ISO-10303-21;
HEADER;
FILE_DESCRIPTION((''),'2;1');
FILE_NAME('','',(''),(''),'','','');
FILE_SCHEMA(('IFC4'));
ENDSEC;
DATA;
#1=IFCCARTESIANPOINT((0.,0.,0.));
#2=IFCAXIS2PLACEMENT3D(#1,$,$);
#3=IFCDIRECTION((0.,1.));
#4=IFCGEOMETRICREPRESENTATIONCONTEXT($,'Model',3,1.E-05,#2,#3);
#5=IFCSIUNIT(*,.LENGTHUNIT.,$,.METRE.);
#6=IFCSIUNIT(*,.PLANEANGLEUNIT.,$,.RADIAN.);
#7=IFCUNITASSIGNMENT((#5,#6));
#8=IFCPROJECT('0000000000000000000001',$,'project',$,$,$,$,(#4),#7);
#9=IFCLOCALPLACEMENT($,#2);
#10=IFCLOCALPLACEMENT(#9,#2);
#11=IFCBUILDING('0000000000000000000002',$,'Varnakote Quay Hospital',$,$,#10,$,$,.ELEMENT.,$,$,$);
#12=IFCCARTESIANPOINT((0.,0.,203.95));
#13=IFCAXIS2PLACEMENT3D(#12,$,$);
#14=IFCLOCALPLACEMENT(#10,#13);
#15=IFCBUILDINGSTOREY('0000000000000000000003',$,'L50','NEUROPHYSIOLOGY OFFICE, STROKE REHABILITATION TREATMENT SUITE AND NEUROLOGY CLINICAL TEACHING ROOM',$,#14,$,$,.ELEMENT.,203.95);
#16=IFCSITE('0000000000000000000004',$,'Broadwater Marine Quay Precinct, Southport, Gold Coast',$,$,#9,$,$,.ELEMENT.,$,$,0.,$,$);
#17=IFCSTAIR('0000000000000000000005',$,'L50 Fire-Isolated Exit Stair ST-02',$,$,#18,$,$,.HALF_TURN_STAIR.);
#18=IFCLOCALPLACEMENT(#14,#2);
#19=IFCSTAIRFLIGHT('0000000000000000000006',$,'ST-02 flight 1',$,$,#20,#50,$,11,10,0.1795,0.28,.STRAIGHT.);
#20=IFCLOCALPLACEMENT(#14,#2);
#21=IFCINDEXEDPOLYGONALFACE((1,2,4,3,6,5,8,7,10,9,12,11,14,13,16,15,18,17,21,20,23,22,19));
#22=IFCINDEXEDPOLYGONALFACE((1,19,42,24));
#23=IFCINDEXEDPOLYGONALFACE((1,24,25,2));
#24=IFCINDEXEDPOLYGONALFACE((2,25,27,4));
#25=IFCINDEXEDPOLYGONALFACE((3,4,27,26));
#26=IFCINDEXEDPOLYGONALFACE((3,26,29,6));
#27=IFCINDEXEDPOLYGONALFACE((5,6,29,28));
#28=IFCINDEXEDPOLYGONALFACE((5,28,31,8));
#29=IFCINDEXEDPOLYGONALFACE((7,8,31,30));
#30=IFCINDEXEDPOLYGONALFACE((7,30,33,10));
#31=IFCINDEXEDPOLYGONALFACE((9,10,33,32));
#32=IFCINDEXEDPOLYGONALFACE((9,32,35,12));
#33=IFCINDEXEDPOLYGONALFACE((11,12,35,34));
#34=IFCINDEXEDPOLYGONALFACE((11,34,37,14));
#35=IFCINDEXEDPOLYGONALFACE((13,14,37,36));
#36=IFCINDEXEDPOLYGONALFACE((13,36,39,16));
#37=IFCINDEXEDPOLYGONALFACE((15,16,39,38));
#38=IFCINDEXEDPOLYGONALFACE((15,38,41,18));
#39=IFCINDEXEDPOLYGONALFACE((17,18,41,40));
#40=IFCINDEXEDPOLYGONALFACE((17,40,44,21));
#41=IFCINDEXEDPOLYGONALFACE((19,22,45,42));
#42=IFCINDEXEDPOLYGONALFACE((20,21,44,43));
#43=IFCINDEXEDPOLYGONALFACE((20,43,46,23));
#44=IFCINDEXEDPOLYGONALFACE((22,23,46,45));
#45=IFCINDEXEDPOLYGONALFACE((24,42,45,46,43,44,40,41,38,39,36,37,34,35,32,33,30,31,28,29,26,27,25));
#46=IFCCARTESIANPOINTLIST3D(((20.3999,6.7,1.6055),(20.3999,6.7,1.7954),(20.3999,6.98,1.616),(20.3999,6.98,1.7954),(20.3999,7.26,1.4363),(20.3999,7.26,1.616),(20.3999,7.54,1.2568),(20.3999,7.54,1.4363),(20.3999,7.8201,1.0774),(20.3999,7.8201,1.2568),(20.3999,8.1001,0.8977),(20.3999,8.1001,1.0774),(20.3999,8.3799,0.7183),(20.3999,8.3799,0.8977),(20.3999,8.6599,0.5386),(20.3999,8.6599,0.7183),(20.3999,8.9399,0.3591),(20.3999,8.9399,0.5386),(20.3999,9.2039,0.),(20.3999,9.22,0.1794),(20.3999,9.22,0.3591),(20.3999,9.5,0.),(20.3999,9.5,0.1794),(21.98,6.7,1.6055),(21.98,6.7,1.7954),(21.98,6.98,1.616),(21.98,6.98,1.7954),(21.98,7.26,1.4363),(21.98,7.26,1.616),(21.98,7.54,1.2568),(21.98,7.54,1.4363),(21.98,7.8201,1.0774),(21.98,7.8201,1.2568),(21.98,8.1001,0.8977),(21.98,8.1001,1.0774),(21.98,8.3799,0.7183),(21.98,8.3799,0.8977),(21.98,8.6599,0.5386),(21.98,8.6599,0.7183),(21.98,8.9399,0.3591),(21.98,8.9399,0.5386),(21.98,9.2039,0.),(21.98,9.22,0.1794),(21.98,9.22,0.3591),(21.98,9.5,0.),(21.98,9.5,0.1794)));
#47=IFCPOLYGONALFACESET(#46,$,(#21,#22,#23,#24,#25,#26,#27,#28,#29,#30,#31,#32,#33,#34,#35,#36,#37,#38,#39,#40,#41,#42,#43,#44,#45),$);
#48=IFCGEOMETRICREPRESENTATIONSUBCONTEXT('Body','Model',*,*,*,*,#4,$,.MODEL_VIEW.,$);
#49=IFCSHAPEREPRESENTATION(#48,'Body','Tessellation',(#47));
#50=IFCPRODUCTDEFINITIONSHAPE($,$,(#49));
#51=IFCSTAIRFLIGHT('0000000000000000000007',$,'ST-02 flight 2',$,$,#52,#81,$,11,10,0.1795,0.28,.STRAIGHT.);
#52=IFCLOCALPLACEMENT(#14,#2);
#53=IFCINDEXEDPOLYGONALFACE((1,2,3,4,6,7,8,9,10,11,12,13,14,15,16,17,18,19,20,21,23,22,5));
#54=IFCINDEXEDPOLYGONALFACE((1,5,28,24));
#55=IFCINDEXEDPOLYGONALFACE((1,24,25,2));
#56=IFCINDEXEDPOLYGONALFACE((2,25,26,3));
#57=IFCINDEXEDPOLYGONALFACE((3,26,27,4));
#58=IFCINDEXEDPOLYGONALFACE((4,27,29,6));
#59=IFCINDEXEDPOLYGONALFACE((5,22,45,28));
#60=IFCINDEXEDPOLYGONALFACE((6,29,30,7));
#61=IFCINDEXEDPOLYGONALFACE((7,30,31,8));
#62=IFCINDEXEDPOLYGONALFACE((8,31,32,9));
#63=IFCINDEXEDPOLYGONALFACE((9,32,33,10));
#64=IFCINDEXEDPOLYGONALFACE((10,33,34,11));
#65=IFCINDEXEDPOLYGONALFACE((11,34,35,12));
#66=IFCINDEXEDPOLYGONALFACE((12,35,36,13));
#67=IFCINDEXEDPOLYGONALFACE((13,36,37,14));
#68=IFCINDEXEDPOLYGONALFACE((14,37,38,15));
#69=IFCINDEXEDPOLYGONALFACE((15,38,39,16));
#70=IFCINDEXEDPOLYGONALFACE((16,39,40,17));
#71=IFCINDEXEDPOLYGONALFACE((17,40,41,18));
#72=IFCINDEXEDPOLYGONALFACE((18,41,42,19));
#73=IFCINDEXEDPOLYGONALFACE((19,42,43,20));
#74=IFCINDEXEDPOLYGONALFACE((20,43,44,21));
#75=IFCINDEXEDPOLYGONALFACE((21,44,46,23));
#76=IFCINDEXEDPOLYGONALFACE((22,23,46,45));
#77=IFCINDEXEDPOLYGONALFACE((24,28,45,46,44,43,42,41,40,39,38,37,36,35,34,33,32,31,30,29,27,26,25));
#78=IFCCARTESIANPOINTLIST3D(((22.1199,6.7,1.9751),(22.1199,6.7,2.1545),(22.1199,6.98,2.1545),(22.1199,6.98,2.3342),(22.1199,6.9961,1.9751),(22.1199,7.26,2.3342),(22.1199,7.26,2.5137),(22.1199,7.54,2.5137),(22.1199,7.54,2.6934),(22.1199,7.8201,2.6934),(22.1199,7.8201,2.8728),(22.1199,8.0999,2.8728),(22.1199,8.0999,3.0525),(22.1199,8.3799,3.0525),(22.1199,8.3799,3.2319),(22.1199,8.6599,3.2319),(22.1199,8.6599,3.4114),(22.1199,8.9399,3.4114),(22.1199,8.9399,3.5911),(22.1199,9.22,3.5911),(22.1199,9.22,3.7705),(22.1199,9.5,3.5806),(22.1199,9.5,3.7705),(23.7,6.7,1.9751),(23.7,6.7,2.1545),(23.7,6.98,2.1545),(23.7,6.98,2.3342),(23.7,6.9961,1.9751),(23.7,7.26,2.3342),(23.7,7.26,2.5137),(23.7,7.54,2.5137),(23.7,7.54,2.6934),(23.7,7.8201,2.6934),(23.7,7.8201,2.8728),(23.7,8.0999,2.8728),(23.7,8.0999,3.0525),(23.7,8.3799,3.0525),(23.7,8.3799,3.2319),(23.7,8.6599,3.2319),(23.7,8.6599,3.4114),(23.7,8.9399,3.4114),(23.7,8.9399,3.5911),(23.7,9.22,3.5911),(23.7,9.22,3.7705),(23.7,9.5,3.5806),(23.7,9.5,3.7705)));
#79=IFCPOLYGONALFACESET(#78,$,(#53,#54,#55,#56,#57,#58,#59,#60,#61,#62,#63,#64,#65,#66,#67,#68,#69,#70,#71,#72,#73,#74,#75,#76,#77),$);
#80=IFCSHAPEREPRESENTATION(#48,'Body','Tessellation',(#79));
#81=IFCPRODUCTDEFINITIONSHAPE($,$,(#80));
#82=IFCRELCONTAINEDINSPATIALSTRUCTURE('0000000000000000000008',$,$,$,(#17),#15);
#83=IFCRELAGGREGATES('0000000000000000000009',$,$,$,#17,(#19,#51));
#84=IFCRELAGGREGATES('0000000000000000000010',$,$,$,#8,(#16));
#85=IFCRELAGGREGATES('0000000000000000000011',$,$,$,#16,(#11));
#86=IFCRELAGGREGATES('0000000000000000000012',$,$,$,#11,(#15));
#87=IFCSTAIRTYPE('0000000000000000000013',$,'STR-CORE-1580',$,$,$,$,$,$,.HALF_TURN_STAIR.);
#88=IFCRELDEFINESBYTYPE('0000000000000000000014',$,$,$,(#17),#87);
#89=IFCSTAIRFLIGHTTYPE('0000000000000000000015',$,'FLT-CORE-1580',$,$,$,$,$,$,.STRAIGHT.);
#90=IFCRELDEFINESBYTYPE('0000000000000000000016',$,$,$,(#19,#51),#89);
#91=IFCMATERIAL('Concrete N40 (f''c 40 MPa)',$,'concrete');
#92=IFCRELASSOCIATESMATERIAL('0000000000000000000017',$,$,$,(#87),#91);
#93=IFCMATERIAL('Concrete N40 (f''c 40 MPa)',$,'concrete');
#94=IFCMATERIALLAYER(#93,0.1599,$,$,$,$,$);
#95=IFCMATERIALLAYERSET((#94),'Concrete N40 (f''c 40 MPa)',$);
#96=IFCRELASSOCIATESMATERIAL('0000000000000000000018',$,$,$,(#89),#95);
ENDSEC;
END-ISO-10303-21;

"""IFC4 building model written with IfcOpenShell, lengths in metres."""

from ifc_helpers import new_model, si_unit, direction, frame, origin, place, context, subcontext, project, spatial, polyline, outline, extrude, material, layer, layer_set, type_object, element, aggregate, save


model = new_model("IFC4")

# Units and contexts
model_context = context("Model", 3, precision=1e-05, world=origin(), true_north=direction((0.0, 1.0)))
body_context = subcontext(model_context, "Body", "Model", "MODEL_VIEW")
ifc_project = project(units=[si_unit("LENGTHUNIT", "METRE"), si_unit("PLANEANGLEUNIT", "RADIAN")], contexts=[model_context])

# Site, building, storey
site_placement = place(None, origin())
site = spatial("IfcSite", under=ifc_project, at=site_placement, Name="Broadwater Marine Quay Precinct, Southport, Gold Coast", CompositionType="ELEMENT", RefElevation=0.0)
building_placement = place(site_placement, origin())
building = spatial("IfcBuilding", under=site, at=building_placement, Name="Varnakote Quay Hospital", CompositionType="ELEMENT")
storey_placement = place(building_placement, frame((0.0, 0.0, 203.95)))
storey = spatial("IfcBuildingStorey", under=building, at=storey_placement, Name="L50", Description="NEUROPHYSIOLOGY OFFICE, STROKE REHABILITATION TREATMENT SUITE AND NEUROLOGY CLINICAL TEACHING ROOM", CompositionType="ELEMENT", Elevation=203.95)

# Stair, stair flights
ifc_material_1 = material(Name="Concrete N40 (f'c 40 MPa)", Category="concrete")
stair_type = type_object("IfcStairType", Name="STR-CORE-1580", PredefinedType="HALF_TURN_STAIR", material=ifc_material_1)
stair_placement = place(storey_placement, origin())
stair = element("IfcStair", 1, at=stair_placement, inside=storey, type_object=stair_type, Name="L50 Fire-Isolated Exit Stair ST-02", PredefinedType="HALF_TURN_STAIR")
ifc_material_2 = material(Name="Concrete N40 (f'c 40 MPa)", Category="concrete")
ifc_layer_1 = layer(ifc_material_2, 0.1599)
ifc_layer_set_1 = layer_set([ifc_layer_1], Name="Concrete N40 (f'c 40 MPa)")
stair_flight_type = type_object("IfcStairFlightType", Name="FLT-CORE-1580", PredefinedType="STRAIGHT", material=ifc_layer_set_1)
stair_flight_1_placement = place(storey_placement, frame((21.1899, 9.5, 0.0), z_axis=(0.0, 0.0, 1.0), x_axis=(0.0, -1.0, 0.0)))
stair_flight_1 = element("IfcStairFlight", 2, at=stair_flight_1_placement, type_object=stair_flight_type, Name="ST-02 flight 1", NumberOfRisers=11, NumberOfTreads=10, PredefinedType="STRAIGHT", RiserHeight=0.1795, TreadLength=0.28, context=body_context, shape_type="SweptSolid", body=[
    extrude(outline(polyline([(0.0, 0.0), (0.0, 0.1794), (0.28, 0.1794), (0.28, 0.3591), (0.5601, 0.3591), (0.5601, 0.5386), (0.8401, 0.5386), (0.8401, 0.7183), (1.1201, 0.7183), (1.1201, 0.8977), (1.3999, 0.8977), (1.3999, 1.0774), (1.6799, 1.0774), (1.6799, 1.2568), (1.96, 1.2568), (1.96, 1.4363), (2.24, 1.4363), (2.24, 1.616), (2.52, 1.616), (2.52, 1.7954), (2.8, 1.7954), (2.8, 1.9751), (2.8, 1.6055), (0.2961, 0.0), (0.0, 0.0)])), frame((0.0, 0.79, 0.0), z_axis=(0.0, -1.0, 0.0), x_axis=(1.0, 0.0, 0.0)), (0.0, 0.0, 1.0), 1.5801),
])
stair_flight_2_placement = place(storey_placement, frame((22.9099, 6.7, 1.9751), z_axis=(0.0, 0.0, 1.0), x_axis=(0.0, 1.0, 0.0)))
stair_flight_2 = element("IfcStairFlight", 3, at=stair_flight_2_placement, type_object=stair_flight_type, Name="ST-02 flight 2", NumberOfRisers=11, NumberOfTreads=10, PredefinedType="STRAIGHT", RiserHeight=0.1795, TreadLength=0.28, context=body_context, shape_type="SweptSolid", body=[
    extrude(outline(polyline([(0.0, 0.0), (0.0, 0.1794), (0.28, 0.1794), (0.28, 0.3591), (0.5601, 0.3591), (0.5601, 0.5386), (0.8401, 0.5386), (0.8401, 0.7183), (1.1201, 0.7183), (1.1201, 0.8977), (1.3999, 0.8977), (1.3999, 1.0774), (1.6799, 1.0774), (1.6799, 1.2568), (1.96, 1.2568), (1.96, 1.4363), (2.24, 1.4363), (2.24, 1.616), (2.52, 1.616), (2.52, 1.7954), (2.8, 1.7954), (2.8, 1.9751), (2.8, 1.6055), (0.2961, 0.0), (0.0, 0.0)])), frame((0.0, 0.79, 0.0), z_axis=(0.0, -1.0, 0.0), x_axis=(1.0, 0.0, 0.0)), (0.0, 0.0, 1.0), 1.5801),
])
aggregate(stair, [stair_flight_1, stair_flight_2])

save(model, "model.ifc")
